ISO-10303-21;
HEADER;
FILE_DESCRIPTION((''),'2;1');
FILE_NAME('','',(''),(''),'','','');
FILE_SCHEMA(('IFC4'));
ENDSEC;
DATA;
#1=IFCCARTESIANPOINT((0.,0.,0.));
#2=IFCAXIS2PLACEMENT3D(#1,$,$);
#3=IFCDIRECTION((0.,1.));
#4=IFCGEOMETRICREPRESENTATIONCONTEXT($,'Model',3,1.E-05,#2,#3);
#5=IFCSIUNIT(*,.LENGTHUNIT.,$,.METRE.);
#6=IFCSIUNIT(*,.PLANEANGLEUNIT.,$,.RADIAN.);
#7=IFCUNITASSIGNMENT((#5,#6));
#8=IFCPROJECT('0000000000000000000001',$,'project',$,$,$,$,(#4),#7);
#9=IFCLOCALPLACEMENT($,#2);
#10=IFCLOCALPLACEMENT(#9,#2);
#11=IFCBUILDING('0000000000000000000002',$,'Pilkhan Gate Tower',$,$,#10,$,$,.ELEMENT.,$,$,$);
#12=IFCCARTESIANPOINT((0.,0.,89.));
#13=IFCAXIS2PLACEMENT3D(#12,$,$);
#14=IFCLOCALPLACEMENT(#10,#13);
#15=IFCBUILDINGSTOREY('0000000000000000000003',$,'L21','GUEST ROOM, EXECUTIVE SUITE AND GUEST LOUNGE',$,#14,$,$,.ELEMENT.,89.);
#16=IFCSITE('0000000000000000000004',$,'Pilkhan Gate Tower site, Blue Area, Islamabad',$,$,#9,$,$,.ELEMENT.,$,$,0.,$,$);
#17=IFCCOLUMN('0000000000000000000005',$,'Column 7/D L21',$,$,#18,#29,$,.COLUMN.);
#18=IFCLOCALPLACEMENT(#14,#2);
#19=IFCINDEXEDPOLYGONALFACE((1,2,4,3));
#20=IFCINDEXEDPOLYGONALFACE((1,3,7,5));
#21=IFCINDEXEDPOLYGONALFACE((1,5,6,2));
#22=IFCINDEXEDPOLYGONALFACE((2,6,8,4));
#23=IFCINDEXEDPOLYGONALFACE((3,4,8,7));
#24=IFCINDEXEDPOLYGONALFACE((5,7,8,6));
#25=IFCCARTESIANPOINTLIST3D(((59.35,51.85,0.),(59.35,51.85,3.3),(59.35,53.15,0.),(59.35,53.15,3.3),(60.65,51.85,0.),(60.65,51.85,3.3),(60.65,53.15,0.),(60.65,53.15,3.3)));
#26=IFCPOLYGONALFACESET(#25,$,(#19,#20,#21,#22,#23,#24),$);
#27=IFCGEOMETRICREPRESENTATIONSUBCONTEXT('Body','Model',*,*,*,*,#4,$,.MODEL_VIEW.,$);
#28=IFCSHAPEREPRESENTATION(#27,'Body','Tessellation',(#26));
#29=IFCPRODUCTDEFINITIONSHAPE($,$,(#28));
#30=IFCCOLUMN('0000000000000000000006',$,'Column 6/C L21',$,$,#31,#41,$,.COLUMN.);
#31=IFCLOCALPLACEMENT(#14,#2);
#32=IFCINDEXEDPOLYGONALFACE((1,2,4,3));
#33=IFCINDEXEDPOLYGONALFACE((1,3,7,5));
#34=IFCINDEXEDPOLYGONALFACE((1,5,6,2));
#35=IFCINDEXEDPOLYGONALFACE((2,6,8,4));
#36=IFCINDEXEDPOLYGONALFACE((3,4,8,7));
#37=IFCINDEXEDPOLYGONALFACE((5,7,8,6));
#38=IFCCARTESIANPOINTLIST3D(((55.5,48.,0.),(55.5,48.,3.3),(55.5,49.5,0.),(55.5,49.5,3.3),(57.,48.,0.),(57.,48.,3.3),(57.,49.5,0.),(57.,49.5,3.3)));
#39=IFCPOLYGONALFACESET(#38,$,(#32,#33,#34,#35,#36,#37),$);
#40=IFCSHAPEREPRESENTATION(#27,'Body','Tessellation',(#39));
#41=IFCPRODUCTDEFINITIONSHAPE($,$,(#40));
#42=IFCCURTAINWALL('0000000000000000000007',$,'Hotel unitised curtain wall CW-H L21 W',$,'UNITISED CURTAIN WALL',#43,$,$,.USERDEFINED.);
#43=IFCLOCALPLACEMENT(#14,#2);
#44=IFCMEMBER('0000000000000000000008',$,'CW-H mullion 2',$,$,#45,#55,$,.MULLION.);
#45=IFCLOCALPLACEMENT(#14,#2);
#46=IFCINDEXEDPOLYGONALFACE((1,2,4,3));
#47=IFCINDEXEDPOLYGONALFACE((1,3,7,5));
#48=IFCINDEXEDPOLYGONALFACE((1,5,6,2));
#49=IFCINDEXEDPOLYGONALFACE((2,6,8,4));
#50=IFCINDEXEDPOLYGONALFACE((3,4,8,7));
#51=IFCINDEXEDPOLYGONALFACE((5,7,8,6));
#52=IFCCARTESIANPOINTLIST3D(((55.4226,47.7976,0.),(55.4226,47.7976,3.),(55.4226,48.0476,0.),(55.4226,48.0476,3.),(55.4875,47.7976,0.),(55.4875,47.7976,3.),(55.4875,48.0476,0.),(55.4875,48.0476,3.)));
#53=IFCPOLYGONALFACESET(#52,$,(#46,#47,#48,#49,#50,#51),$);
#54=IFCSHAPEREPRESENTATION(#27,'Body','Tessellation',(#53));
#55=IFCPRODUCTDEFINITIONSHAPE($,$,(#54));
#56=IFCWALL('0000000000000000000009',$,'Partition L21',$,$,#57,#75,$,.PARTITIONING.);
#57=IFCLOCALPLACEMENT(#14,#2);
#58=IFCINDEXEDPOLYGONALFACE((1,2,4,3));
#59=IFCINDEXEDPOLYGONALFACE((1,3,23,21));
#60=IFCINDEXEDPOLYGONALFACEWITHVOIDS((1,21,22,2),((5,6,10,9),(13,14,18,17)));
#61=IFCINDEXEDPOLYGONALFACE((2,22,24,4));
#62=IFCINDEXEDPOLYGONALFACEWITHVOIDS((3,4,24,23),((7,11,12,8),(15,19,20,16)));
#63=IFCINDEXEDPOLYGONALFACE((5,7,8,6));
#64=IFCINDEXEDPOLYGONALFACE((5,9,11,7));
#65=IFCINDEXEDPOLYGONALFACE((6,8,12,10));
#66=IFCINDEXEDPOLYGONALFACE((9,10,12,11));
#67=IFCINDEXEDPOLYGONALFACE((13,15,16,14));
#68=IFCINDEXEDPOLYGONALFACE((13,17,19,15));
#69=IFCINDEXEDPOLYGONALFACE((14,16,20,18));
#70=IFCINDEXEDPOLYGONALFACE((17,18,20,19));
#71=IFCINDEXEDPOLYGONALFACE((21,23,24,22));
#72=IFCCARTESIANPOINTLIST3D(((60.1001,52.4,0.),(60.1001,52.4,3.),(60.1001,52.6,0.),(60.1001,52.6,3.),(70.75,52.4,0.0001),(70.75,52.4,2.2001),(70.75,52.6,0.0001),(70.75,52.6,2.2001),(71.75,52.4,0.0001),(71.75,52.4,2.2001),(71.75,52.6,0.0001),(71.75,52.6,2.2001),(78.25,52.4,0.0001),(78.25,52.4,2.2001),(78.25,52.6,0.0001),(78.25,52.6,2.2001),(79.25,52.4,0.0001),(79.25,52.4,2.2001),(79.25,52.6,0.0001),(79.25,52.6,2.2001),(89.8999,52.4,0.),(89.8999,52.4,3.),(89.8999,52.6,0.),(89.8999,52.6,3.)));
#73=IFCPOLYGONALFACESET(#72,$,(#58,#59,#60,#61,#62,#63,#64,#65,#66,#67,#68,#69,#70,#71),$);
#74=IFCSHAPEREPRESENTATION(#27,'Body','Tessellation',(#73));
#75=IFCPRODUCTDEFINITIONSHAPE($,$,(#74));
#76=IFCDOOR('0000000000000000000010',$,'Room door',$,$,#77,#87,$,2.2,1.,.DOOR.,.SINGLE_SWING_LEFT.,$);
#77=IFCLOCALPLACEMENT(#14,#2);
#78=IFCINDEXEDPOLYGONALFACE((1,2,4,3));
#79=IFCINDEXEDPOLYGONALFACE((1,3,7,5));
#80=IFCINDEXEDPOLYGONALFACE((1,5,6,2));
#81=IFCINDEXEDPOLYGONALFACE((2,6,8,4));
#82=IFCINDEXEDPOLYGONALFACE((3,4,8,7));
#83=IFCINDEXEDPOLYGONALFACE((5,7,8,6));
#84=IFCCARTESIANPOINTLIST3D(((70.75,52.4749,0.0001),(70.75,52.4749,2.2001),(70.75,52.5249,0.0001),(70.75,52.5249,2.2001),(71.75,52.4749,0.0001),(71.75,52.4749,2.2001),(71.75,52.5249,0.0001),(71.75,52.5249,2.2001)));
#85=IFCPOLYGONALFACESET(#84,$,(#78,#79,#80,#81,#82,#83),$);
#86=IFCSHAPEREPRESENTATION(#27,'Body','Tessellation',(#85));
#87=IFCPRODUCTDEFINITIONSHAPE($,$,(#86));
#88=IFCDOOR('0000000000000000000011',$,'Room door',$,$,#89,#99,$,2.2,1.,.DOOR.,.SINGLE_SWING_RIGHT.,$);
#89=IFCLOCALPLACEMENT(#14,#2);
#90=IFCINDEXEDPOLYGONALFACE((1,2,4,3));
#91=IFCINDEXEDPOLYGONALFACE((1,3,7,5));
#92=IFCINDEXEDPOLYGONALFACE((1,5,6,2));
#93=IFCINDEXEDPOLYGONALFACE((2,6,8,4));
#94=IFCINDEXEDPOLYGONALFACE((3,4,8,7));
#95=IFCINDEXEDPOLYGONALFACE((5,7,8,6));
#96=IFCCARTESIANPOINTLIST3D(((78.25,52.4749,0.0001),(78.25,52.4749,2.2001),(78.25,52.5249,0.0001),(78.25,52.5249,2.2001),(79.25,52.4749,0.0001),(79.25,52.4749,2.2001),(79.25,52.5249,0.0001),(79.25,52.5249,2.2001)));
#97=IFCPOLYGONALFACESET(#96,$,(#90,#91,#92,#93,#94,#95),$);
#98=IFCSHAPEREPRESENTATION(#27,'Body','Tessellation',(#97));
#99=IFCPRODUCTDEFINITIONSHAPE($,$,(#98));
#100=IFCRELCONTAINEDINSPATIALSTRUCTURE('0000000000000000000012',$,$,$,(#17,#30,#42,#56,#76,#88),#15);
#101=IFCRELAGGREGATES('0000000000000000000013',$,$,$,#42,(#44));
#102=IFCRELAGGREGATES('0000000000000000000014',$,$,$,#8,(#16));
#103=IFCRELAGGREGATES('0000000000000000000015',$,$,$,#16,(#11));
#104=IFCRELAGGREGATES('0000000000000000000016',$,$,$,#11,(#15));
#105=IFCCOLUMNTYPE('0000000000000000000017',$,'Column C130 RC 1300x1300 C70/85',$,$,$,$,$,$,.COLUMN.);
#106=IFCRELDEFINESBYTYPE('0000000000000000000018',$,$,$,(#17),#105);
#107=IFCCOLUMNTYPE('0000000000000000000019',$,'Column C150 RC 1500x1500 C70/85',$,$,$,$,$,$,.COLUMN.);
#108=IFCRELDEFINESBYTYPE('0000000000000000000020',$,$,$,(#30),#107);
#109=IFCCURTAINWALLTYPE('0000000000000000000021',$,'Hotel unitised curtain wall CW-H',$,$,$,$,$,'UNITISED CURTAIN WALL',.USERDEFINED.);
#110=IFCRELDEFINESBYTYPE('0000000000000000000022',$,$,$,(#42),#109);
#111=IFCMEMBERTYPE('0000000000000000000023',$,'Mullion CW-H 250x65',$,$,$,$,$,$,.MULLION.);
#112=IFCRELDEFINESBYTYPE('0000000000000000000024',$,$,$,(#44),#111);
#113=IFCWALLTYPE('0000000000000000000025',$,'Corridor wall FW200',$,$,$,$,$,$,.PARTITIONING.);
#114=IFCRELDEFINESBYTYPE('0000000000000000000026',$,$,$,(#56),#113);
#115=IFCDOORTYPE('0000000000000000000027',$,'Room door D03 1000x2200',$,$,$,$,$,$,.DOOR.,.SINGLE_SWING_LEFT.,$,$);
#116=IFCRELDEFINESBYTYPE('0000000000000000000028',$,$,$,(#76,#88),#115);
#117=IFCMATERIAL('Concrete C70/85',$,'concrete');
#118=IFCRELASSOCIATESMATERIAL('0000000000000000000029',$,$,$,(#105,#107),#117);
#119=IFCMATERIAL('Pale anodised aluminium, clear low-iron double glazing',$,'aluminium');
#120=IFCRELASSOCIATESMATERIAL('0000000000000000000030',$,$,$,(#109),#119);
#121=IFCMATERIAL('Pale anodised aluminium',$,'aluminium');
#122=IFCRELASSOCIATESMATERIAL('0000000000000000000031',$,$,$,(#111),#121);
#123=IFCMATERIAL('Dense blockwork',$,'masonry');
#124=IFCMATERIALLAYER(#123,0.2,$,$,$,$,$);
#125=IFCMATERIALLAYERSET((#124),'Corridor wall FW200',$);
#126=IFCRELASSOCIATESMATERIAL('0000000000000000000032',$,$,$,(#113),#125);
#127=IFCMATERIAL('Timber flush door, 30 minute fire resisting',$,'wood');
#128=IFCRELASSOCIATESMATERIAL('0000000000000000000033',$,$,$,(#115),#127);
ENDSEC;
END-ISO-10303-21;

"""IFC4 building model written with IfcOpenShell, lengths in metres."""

from ifc_helpers import new_model, si_unit, direction, frame, frame_2d, origin, origin_2d, place, context, subcontext, project, spatial, rectangle, extrude, material, layer, layer_set, material_profile, profile_set, type_object, element, fill, aggregate, save


model = new_model("IFC4")

# Units and contexts
model_context = context("Model", 3, precision=1e-05, world=origin(), true_north=direction((0.0, 1.0)))
body_context = subcontext(model_context, "Body", "Model", "MODEL_VIEW")
ifc_project = project(units=[si_unit("LENGTHUNIT", "METRE"), si_unit("PLANEANGLEUNIT", "RADIAN")], contexts=[model_context])

# Site, building, storey
site_placement = place(None, origin())
site = spatial("IfcSite", under=ifc_project, at=site_placement, Name="Pilkhan Gate Tower site, Blue Area, Islamabad", CompositionType="ELEMENT", RefElevation=0.0)
building_placement = place(site_placement, origin())
building = spatial("IfcBuilding", under=site, at=building_placement, Name="Pilkhan Gate Tower", CompositionType="ELEMENT")
storey_placement = place(building_placement, frame((0.0, 0.0, 89.0)))
storey = spatial("IfcBuildingStorey", under=building, at=storey_placement, Name="L21", Description="GUEST ROOM, EXECUTIVE SUITE AND GUEST LOUNGE", CompositionType="ELEMENT", Elevation=89.0)

# Columns
ifc_material_1 = material(Name="Concrete C70/85", Category="concrete")
ifc_material_profile_1 = material_profile(ifc_material_1, rectangle(XDim=1.3, YDim=1.3, at=origin_2d()), Name="RC 1300x1300")
ifc_profile_set_1 = profile_set([ifc_material_profile_1], Name="Concrete C70/85")
column_type_1 = type_object("IfcColumnType", Name="Column C130 RC 1300x1300 C70/85", PredefinedType="COLUMN", material=ifc_profile_set_1)
column_1_placement = place(storey_placement, frame((60.0, 52.5, 0.0), z_axis=(0.0, 0.0, 1.0), x_axis=(1.0, 0.0, 0.0)))
element("IfcColumn", 1, at=column_1_placement, inside=storey, type_object=column_type_1, Name="Column 7/D L21", PredefinedType="COLUMN", context=body_context, shape_type="SweptSolid", body=[
    extrude(rectangle(XDim=1.3, YDim=1.3, at=origin_2d()), origin(), (0.0, 0.0, 1.0), 3.3),
])
ifc_material_profile_2 = material_profile(ifc_material_1, rectangle(XDim=1.5, YDim=1.5, at=origin_2d()), Name="RC 1500x1500")
ifc_profile_set_2 = profile_set([ifc_material_profile_2], Name="Concrete C70/85")
column_type_2 = type_object("IfcColumnType", Name="Column C150 RC 1500x1500 C70/85", PredefinedType="COLUMN", material=ifc_profile_set_2)
column_2_placement = place(storey_placement, frame((56.25, 48.75, 0.0), z_axis=(0.0, 0.0, 1.0), x_axis=(1.0, 0.0, 0.0)))
element("IfcColumn", 2, at=column_2_placement, inside=storey, type_object=column_type_2, Name="Column 6/C L21", PredefinedType="COLUMN", context=body_context, shape_type="SweptSolid", body=[
    extrude(rectangle(XDim=1.5, YDim=1.5, at=origin_2d()), origin(), (0.0, 0.0, 1.0), 3.3),
])

# Curtain wall, member
ifc_material_2 = material(Name="Pale anodised aluminium, clear low-iron double glazing", Category="aluminium")
curtain_wall_type = type_object("IfcCurtainWallType", Name="Hotel unitised curtain wall CW-H", ElementType="UNITISED CURTAIN WALL", PredefinedType="USERDEFINED", material=ifc_material_2)
curtain_wall_placement = place(storey_placement, origin())
curtain_wall = element("IfcCurtainWall", 3, at=curtain_wall_placement, inside=storey, type_object=curtain_wall_type, Name="Hotel unitised curtain wall CW-H L21 W", ObjectType="UNITISED CURTAIN WALL", PredefinedType="USERDEFINED")
ifc_material_3 = material(Name="Pale anodised aluminium", Category="aluminium")
ifc_material_profile_3 = material_profile(ifc_material_3, rectangle(XDim=0.0649, YDim=0.25, at=origin_2d()), Name="Mullion 250x65")
ifc_profile_set_3 = profile_set([ifc_material_profile_3], Name="Pale anodised aluminium")
member_type = type_object("IfcMemberType", Name="Mullion CW-H 250x65", PredefinedType="MULLION", material=ifc_profile_set_3)
member_placement = place(storey_placement, frame((55.4551, 47.9226, 0.0), z_axis=(0.0, 0.0, 1.0), x_axis=(-1.0, 0.0, 0.0)))
member = element("IfcMember", 4, at=member_placement, type_object=member_type, Name="CW-H mullion 2", PredefinedType="MULLION", context=body_context, shape_type="SweptSolid", body=[
    extrude(rectangle(XDim=0.0649, YDim=0.25, at=origin_2d()), origin(), (0.0, 0.0, 1.0), 3.0),
])
aggregate(curtain_wall, [member])

# Wall, openings, doors
ifc_material_4 = material(Name="Dense blockwork", Category="masonry")
ifc_layer_1 = layer(ifc_material_4, 0.2)
ifc_layer_set_1 = layer_set([ifc_layer_1], Name="Corridor wall FW200")
wall_type_1 = type_object("IfcWallType", Name="Corridor wall FW200", PredefinedType="PARTITIONING", material=ifc_layer_set_1)
wall_1_placement = place(storey_placement, frame((60.1001, 52.5, 0.0), z_axis=(0.0, 0.0, 1.0), x_axis=(1.0, 0.0, 0.0)))
wall_1 = element("IfcWall", 5, at=wall_1_placement, inside=storey, type_object=wall_type_1, Name="Partition L21", PredefinedType="PARTITIONING", context=body_context, shape_type="SweptSolid", body=[
    extrude(rectangle(XDim=29.7998, YDim=0.2, at=frame_2d((14.8999, 0.0))), origin(), (0.0, 0.0, 1.0), 3.0),
])
opening_1_placement = place(wall_1_placement, frame((10.6499, 0.0, 0.0)))
opening_1 = element("IfcOpeningElement", 6, at=opening_1_placement, cuts=wall_1, PredefinedType="OPENING", context=body_context, shape_type="SweptSolid", body=[
    extrude(rectangle(XDim=1.0, YDim=2.2, at=frame_2d((0.5, 1.1001))), frame((0.0, 0.1099, 0.0), z_axis=(0.0, -1.0, 0.0), x_axis=(1.0, 0.0, 0.0)), (0.0, 0.0, 1.0), 0.22),
])
opening_2_placement = place(wall_1_placement, frame((18.1499, 0.0, 0.0)))
opening_2 = element("IfcOpeningElement", 7, at=opening_2_placement, cuts=wall_1, PredefinedType="OPENING", context=body_context, shape_type="SweptSolid", body=[
    extrude(rectangle(XDim=1.0, YDim=2.2, at=frame_2d((0.5, 1.1001))), frame((0.0, 0.1099, 0.0), z_axis=(0.0, -1.0, 0.0), x_axis=(1.0, 0.0, 0.0)), (0.0, 0.0, 1.0), 0.22),
])
ifc_material_5 = material(Name="Timber flush door, 30 minute fire resisting", Category="wood")
door_type_1 = type_object("IfcDoorType", Name="Room door D03 1000x2200", OperationType="SINGLE_SWING_LEFT", PredefinedType="DOOR", material=ifc_material_5)
door_1_placement = place(opening_1_placement, origin())
door_1 = element("IfcDoor", 8, at=door_1_placement, inside=storey, type_object=door_type_1, Name="Room door", OperationType="SINGLE_SWING_LEFT", OverallHeight=2.2, OverallWidth=1.0, PredefinedType="DOOR", context=body_context, shape_type="SweptSolid", body=[
    extrude(rectangle(XDim=1.0, YDim=2.2, at=frame_2d((0.5, 1.1001))), frame((0.0, 0.0249, 0.0), z_axis=(0.0, -1.0, 0.0), x_axis=(1.0, 0.0, 0.0)), (0.0, 0.0, 1.0), 0.05),
])
fill(opening_1, door_1)
door_2_placement = place(opening_2_placement, origin())
door_2 = element("IfcDoor", 9, at=door_2_placement, inside=storey, type_object=door_type_1, Name="Room door", OperationType="SINGLE_SWING_RIGHT", OverallHeight=2.2, OverallWidth=1.0, PredefinedType="DOOR", context=body_context, shape_type="SweptSolid", body=[
    extrude(rectangle(XDim=1.0, YDim=2.2, at=frame_2d((0.5, 1.1001))), frame((0.0, 0.0249, 0.0), z_axis=(0.0, -1.0, 0.0), x_axis=(1.0, 0.0, 0.0)), (0.0, 0.0, 1.0), 0.05),
])
fill(opening_2, door_2)

save(model, "model.ifc")
